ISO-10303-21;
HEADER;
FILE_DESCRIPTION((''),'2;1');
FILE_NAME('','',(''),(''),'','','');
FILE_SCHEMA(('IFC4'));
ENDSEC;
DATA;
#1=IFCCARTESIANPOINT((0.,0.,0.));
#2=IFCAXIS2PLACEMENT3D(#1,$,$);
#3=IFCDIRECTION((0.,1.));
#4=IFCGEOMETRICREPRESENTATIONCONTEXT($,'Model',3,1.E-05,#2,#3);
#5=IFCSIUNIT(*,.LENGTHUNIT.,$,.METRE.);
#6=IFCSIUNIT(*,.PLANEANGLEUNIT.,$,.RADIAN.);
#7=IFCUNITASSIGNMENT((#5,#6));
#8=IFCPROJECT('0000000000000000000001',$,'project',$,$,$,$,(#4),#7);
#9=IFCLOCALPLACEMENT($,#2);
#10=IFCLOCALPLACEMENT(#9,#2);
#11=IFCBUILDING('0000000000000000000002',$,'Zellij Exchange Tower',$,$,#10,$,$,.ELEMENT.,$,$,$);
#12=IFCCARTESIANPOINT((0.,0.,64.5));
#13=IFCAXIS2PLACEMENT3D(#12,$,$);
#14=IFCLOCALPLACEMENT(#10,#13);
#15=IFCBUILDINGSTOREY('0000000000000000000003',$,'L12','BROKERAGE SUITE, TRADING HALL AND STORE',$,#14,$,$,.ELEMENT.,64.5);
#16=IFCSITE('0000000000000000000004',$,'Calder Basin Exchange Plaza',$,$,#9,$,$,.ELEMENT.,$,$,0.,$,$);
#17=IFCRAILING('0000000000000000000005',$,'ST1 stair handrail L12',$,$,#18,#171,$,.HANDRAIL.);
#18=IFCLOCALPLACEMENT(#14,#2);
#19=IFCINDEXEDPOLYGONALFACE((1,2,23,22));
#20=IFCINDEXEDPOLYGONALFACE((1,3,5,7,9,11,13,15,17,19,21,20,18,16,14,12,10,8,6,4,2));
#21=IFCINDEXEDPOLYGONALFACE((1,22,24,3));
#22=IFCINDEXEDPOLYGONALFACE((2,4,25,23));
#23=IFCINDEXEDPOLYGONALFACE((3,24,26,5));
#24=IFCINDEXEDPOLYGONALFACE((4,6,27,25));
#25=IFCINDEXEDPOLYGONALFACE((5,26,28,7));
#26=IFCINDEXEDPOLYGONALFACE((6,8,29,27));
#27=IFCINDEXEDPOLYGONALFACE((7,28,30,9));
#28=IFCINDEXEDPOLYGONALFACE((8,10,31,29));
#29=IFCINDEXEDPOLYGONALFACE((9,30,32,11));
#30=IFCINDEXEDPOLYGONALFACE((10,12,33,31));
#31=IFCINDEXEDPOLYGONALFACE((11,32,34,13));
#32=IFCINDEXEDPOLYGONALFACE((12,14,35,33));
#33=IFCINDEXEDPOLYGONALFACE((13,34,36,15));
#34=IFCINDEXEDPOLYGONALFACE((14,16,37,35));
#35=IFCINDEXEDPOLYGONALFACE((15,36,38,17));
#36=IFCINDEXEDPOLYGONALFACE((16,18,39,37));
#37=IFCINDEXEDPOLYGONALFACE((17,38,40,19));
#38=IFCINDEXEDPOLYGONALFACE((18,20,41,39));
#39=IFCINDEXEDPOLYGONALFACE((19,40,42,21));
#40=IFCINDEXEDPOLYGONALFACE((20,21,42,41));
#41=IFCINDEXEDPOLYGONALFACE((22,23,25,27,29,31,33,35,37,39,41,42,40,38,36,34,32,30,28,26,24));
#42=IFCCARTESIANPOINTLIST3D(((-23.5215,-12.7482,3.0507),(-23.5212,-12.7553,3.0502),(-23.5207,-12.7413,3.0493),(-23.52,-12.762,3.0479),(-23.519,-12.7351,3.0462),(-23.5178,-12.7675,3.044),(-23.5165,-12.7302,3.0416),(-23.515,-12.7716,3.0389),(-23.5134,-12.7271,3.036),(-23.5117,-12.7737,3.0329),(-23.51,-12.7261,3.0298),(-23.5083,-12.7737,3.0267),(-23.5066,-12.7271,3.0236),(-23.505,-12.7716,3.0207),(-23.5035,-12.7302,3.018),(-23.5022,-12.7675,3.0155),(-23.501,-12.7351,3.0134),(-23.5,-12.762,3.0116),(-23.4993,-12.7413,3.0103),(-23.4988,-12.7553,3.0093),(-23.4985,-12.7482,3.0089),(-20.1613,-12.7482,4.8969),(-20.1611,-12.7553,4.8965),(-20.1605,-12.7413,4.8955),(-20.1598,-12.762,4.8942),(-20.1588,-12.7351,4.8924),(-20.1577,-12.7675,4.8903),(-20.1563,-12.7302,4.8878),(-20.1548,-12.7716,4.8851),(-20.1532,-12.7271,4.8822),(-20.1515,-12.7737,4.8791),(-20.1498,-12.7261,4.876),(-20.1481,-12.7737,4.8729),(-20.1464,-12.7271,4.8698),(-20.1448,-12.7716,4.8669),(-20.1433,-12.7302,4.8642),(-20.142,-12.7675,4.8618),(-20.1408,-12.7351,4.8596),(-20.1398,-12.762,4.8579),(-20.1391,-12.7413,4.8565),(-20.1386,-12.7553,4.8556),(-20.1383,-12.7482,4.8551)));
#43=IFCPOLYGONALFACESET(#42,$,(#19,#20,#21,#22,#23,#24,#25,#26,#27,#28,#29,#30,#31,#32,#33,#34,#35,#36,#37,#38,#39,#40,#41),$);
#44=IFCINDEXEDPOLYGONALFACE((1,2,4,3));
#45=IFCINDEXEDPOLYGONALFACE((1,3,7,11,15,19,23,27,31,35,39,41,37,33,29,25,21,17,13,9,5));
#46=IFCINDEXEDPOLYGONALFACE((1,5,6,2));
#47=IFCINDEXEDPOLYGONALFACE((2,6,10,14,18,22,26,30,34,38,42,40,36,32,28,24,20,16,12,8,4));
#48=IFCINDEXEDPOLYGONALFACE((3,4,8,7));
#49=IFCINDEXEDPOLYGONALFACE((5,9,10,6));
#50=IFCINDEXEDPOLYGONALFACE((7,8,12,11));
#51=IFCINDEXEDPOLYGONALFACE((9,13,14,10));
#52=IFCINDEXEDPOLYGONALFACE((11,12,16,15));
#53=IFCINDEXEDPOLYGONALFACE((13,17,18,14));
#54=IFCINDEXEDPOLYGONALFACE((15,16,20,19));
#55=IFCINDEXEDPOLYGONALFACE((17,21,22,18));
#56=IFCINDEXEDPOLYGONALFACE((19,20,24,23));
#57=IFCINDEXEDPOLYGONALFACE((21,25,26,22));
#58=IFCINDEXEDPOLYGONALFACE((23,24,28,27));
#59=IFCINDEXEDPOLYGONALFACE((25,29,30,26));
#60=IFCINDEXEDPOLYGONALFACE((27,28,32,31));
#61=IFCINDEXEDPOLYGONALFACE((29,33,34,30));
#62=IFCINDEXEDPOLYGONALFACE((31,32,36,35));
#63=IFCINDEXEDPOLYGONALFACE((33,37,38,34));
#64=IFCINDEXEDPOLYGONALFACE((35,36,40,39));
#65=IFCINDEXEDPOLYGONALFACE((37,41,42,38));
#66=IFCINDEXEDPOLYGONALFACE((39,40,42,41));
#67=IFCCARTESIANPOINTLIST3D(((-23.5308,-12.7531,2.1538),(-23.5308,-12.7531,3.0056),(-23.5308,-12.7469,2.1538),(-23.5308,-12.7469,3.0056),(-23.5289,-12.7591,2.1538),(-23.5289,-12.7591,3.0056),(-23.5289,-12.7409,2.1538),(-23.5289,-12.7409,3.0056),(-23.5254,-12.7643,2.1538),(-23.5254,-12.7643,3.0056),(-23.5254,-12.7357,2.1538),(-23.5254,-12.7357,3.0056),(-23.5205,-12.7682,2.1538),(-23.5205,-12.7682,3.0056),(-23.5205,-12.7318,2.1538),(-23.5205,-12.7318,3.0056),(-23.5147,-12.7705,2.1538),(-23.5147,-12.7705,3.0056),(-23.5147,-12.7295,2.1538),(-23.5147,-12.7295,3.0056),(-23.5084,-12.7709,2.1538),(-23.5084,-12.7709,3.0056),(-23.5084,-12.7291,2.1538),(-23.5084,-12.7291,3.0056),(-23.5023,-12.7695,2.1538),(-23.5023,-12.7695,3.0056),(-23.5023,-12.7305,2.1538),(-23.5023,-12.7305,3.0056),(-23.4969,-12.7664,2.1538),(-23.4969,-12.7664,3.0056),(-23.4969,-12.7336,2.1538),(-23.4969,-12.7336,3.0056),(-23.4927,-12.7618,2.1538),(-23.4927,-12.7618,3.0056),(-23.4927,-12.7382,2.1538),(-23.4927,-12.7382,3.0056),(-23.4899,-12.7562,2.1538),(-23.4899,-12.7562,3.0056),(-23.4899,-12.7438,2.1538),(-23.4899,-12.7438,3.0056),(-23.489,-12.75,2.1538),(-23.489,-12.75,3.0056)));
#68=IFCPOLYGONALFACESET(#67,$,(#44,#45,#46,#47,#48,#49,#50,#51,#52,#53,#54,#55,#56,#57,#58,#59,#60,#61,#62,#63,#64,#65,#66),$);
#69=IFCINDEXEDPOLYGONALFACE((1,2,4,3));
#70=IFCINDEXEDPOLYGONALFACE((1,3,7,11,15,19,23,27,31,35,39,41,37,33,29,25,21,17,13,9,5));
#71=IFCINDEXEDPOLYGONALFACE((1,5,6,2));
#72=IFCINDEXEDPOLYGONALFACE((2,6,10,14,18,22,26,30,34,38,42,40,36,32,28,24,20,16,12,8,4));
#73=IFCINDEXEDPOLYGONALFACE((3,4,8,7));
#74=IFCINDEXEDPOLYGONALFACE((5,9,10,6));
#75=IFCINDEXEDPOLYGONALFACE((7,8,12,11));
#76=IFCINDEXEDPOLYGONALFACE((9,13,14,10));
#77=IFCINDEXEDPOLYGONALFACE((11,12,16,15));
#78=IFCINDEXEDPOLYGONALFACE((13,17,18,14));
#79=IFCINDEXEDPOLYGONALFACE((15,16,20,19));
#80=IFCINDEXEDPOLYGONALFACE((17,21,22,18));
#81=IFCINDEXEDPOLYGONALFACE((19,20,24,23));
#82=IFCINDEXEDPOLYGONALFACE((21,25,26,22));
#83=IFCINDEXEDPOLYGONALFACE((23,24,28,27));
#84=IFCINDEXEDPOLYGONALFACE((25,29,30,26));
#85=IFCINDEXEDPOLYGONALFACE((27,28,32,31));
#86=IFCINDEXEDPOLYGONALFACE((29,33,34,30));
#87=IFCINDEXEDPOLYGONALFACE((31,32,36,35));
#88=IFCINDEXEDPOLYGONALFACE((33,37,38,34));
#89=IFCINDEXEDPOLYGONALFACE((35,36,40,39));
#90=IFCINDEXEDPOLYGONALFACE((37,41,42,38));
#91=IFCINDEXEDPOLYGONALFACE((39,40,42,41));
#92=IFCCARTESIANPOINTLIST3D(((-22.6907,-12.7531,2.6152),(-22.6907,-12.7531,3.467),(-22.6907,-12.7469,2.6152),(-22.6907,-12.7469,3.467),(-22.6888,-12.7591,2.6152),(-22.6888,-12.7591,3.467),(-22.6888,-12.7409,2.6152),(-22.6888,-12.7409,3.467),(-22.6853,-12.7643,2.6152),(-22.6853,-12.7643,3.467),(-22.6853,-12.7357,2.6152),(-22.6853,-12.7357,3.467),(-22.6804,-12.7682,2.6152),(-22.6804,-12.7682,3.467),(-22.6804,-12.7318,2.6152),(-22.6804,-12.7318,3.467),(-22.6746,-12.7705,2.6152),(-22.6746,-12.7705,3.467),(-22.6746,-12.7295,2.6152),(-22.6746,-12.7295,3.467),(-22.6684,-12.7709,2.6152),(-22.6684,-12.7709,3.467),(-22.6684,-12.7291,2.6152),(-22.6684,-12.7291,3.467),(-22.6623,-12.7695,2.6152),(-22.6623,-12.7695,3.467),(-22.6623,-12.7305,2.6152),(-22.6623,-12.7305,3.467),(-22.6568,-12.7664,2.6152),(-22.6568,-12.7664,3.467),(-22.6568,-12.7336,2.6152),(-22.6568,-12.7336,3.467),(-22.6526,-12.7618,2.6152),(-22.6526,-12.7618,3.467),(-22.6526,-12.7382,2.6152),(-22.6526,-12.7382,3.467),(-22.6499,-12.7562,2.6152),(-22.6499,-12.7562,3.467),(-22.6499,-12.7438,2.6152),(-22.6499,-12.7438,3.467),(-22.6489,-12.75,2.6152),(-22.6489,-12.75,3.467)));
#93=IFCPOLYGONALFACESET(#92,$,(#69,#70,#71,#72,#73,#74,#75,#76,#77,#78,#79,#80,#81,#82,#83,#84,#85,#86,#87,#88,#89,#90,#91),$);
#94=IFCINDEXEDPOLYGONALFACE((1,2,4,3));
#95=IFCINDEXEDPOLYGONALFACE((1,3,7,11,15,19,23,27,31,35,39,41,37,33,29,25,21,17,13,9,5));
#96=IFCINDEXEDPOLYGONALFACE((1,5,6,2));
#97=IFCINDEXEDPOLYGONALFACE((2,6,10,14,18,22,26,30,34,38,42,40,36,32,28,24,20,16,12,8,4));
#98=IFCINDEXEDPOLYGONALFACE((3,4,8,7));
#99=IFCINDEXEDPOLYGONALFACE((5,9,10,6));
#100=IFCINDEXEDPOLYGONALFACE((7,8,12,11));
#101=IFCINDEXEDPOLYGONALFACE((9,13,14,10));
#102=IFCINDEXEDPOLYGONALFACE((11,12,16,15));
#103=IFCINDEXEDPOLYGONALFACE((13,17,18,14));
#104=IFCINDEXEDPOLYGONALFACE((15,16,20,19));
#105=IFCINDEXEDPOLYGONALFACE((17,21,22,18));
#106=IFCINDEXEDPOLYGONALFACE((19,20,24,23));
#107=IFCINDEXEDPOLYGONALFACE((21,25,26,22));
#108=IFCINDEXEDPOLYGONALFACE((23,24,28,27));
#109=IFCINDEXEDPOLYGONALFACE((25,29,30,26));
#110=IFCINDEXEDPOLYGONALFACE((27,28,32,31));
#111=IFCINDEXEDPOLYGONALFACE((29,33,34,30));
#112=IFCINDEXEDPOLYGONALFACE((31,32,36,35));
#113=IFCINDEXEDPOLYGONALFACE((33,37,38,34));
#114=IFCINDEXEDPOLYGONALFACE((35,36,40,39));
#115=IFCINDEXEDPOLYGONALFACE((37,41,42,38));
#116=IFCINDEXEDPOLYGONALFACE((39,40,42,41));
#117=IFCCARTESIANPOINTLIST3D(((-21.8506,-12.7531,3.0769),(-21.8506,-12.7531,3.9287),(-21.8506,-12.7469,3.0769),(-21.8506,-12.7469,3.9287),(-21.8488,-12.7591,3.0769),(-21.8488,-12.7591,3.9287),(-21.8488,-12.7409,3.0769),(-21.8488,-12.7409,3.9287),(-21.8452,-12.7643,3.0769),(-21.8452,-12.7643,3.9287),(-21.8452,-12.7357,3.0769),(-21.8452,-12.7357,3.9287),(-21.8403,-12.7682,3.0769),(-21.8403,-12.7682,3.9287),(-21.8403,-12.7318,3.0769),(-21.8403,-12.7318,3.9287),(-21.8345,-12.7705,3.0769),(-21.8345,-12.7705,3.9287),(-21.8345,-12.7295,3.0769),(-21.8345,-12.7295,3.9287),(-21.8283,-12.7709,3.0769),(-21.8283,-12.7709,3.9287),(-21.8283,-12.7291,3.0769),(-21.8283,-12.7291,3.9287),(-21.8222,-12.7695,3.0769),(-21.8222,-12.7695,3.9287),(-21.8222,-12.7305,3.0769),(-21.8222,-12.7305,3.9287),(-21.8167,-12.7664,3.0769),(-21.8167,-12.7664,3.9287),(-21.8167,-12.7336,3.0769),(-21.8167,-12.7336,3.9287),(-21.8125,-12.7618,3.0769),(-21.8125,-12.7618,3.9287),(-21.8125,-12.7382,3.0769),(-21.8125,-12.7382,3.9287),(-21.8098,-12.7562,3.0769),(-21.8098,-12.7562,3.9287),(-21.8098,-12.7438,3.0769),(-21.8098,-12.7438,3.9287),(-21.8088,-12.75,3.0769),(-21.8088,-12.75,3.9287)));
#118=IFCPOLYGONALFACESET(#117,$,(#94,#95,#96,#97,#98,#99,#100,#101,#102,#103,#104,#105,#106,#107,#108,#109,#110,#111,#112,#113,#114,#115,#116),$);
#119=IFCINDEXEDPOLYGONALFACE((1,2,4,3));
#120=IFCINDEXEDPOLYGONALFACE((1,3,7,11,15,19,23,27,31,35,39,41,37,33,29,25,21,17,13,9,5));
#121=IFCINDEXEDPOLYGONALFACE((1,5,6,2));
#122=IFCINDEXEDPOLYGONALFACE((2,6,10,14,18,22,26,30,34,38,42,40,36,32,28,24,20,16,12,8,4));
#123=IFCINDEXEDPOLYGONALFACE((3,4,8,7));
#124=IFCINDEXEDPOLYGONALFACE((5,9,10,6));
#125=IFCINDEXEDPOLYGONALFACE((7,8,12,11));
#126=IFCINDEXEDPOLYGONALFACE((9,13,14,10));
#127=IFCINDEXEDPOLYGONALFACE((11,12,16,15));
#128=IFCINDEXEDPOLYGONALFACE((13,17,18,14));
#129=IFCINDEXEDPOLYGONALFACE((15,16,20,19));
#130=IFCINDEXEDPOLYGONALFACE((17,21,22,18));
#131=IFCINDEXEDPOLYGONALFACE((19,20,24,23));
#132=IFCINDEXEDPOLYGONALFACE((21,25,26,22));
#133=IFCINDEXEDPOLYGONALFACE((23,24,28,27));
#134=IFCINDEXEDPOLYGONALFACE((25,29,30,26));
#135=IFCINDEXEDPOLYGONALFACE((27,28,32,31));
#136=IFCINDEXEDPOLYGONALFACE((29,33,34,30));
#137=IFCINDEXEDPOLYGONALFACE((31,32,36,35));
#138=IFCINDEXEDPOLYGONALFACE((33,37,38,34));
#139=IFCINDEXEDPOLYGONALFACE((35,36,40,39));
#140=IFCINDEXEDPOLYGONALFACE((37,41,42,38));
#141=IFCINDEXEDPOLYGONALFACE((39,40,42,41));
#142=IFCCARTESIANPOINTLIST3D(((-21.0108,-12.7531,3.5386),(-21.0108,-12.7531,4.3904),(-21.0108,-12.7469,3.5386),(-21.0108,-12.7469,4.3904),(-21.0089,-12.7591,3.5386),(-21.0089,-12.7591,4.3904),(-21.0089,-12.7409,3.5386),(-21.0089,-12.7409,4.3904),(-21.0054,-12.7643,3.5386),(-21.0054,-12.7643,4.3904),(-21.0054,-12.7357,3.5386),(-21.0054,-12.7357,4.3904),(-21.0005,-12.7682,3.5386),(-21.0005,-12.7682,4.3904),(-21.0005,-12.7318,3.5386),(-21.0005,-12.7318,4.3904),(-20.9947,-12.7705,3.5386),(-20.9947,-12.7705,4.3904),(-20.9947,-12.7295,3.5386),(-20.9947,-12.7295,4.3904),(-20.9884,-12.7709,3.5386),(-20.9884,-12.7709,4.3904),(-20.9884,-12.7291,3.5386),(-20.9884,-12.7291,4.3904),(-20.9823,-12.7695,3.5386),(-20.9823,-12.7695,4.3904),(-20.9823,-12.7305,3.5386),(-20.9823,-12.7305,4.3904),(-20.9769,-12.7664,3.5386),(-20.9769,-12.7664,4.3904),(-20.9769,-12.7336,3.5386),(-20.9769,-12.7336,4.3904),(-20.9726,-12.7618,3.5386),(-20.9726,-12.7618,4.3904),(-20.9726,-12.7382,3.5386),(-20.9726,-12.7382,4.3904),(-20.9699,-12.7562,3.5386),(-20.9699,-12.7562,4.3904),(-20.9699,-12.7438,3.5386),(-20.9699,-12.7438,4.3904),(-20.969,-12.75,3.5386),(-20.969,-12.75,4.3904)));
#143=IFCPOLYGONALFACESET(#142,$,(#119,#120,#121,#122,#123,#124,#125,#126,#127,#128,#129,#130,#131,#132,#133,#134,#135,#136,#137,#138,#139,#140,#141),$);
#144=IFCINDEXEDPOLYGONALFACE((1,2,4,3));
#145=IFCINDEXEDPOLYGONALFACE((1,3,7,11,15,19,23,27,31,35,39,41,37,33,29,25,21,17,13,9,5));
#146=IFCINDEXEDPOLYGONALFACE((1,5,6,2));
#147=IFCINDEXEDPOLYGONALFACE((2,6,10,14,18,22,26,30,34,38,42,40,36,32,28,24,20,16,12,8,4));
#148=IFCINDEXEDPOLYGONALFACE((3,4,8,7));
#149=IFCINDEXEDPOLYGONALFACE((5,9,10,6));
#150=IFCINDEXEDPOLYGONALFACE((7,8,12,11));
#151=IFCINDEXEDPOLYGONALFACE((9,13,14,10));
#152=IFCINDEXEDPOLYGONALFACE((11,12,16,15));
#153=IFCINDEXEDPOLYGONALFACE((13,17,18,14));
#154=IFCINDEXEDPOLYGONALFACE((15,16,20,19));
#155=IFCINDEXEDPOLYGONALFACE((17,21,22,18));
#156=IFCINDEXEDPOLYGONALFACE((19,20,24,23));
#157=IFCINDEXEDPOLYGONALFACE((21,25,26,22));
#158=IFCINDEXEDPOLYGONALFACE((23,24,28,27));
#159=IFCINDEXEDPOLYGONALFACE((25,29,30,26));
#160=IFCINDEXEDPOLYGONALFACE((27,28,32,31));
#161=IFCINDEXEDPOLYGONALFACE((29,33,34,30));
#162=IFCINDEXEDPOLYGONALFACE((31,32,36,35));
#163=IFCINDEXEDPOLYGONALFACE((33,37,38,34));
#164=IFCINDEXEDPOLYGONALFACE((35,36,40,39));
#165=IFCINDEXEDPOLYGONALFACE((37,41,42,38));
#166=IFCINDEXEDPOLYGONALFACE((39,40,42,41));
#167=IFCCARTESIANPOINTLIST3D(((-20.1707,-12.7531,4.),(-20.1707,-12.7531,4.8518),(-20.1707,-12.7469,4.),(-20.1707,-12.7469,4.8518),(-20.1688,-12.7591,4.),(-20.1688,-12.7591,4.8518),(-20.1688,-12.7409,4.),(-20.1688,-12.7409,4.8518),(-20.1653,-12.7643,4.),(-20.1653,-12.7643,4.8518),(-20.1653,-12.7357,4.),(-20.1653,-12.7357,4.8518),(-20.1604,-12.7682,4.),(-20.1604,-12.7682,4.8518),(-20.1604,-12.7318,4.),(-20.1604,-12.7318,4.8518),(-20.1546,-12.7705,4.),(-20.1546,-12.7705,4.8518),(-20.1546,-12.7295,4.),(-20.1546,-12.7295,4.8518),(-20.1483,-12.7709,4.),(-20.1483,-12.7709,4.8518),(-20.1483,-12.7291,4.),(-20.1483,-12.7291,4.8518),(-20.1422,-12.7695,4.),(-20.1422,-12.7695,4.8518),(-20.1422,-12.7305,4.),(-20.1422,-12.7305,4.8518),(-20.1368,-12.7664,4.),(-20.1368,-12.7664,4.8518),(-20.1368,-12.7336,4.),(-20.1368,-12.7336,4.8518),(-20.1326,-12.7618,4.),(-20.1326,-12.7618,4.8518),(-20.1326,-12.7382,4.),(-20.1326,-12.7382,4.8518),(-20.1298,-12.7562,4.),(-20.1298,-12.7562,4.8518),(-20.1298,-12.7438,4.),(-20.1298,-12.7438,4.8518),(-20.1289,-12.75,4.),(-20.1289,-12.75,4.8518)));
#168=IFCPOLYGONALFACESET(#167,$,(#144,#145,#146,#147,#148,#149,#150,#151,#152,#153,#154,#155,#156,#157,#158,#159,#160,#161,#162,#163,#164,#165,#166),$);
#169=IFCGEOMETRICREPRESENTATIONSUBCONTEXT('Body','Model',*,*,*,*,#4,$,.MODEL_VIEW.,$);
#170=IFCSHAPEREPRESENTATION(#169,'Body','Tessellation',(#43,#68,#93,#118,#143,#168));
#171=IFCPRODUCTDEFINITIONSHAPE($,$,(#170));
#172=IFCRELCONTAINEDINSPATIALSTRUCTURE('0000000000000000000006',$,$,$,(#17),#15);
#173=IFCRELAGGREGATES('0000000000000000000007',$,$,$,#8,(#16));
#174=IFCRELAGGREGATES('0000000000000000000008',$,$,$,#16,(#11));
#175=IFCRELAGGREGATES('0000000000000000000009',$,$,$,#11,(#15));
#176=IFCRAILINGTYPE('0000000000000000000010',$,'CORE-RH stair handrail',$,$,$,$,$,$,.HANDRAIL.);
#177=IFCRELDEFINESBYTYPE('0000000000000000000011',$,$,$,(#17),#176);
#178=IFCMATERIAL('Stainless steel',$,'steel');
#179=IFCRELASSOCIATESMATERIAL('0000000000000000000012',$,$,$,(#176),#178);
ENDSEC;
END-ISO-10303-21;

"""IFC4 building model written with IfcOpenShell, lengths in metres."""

from ifc_helpers import new_model, si_unit, direction, frame, origin, origin_2d, place, context, subcontext, project, spatial, circle, extrude, material, type_object, element, save


model = new_model("IFC4")

# Units and contexts
model_context = context("Model", 3, precision=1e-05, world=origin(), true_north=direction((0.0, 1.0)))
body_context = subcontext(model_context, "Body", "Model", "MODEL_VIEW")
ifc_project = project(units=[si_unit("LENGTHUNIT", "METRE"), si_unit("PLANEANGLEUNIT", "RADIAN")], contexts=[model_context])

# Site, building, storey
site_placement = place(None, origin())
site = spatial("IfcSite", under=ifc_project, at=site_placement, Name="Calder Basin Exchange Plaza", CompositionType="ELEMENT", RefElevation=0.0)
building_placement = place(site_placement, origin())
building = spatial("IfcBuilding", under=site, at=building_placement, Name="Zellij Exchange Tower", CompositionType="ELEMENT")
storey_placement = place(building_placement, frame((0.0, 0.0, 64.5)))
storey = spatial("IfcBuildingStorey", under=building, at=storey_placement, Name="L12", Description="BROKERAGE SUITE, TRADING HALL AND STORE", CompositionType="ELEMENT", Elevation=64.5)

# Railing
ifc_material_1 = material(Name="Stainless steel", Category="steel")
railing_type = type_object("IfcRailingType", Name="CORE-RH stair handrail", PredefinedType="HANDRAIL", material=ifc_material_1)
railing_placement = place(storey_placement, frame((-23.51, -12.75, 2.1538)))
element("IfcRailing", 1, at=railing_placement, inside=storey, type_object=railing_type, Name="ST1 stair handrail L12", PredefinedType="HANDRAIL", context=body_context, shape_type="SweptSolid", body=[
    extrude(circle(Radius=0.0239, at=origin_2d()), frame((0.0, 0.0, 0.876), z_axis=(0.876422, 0.0, 0.481545), x_axis=(0.0, 1.0, 0.0)), (0.0, 0.0, 1.0), 3.834),
    extrude(circle(Radius=0.021, at=origin_2d()), origin(), (0.0, 0.0, 1.0), 0.8518),
    extrude(circle(Radius=0.021, at=origin_2d()), frame((0.8401, 0.0, 0.4614)), (0.0, 0.0, 1.0), 0.8518),
    extrude(circle(Radius=0.021, at=origin_2d()), frame((1.6802, 0.0, 0.9231)), (0.0, 0.0, 1.0), 0.8518),
    extrude(circle(Radius=0.021, at=origin_2d()), frame((2.52, 0.0, 1.3848)), (0.0, 0.0, 1.0), 0.8518),
    extrude(circle(Radius=0.021, at=origin_2d()), frame((3.3601, 0.0, 1.8462)), (0.0, 0.0, 1.0), 0.8518),
])

save(model, "model.ifc")
